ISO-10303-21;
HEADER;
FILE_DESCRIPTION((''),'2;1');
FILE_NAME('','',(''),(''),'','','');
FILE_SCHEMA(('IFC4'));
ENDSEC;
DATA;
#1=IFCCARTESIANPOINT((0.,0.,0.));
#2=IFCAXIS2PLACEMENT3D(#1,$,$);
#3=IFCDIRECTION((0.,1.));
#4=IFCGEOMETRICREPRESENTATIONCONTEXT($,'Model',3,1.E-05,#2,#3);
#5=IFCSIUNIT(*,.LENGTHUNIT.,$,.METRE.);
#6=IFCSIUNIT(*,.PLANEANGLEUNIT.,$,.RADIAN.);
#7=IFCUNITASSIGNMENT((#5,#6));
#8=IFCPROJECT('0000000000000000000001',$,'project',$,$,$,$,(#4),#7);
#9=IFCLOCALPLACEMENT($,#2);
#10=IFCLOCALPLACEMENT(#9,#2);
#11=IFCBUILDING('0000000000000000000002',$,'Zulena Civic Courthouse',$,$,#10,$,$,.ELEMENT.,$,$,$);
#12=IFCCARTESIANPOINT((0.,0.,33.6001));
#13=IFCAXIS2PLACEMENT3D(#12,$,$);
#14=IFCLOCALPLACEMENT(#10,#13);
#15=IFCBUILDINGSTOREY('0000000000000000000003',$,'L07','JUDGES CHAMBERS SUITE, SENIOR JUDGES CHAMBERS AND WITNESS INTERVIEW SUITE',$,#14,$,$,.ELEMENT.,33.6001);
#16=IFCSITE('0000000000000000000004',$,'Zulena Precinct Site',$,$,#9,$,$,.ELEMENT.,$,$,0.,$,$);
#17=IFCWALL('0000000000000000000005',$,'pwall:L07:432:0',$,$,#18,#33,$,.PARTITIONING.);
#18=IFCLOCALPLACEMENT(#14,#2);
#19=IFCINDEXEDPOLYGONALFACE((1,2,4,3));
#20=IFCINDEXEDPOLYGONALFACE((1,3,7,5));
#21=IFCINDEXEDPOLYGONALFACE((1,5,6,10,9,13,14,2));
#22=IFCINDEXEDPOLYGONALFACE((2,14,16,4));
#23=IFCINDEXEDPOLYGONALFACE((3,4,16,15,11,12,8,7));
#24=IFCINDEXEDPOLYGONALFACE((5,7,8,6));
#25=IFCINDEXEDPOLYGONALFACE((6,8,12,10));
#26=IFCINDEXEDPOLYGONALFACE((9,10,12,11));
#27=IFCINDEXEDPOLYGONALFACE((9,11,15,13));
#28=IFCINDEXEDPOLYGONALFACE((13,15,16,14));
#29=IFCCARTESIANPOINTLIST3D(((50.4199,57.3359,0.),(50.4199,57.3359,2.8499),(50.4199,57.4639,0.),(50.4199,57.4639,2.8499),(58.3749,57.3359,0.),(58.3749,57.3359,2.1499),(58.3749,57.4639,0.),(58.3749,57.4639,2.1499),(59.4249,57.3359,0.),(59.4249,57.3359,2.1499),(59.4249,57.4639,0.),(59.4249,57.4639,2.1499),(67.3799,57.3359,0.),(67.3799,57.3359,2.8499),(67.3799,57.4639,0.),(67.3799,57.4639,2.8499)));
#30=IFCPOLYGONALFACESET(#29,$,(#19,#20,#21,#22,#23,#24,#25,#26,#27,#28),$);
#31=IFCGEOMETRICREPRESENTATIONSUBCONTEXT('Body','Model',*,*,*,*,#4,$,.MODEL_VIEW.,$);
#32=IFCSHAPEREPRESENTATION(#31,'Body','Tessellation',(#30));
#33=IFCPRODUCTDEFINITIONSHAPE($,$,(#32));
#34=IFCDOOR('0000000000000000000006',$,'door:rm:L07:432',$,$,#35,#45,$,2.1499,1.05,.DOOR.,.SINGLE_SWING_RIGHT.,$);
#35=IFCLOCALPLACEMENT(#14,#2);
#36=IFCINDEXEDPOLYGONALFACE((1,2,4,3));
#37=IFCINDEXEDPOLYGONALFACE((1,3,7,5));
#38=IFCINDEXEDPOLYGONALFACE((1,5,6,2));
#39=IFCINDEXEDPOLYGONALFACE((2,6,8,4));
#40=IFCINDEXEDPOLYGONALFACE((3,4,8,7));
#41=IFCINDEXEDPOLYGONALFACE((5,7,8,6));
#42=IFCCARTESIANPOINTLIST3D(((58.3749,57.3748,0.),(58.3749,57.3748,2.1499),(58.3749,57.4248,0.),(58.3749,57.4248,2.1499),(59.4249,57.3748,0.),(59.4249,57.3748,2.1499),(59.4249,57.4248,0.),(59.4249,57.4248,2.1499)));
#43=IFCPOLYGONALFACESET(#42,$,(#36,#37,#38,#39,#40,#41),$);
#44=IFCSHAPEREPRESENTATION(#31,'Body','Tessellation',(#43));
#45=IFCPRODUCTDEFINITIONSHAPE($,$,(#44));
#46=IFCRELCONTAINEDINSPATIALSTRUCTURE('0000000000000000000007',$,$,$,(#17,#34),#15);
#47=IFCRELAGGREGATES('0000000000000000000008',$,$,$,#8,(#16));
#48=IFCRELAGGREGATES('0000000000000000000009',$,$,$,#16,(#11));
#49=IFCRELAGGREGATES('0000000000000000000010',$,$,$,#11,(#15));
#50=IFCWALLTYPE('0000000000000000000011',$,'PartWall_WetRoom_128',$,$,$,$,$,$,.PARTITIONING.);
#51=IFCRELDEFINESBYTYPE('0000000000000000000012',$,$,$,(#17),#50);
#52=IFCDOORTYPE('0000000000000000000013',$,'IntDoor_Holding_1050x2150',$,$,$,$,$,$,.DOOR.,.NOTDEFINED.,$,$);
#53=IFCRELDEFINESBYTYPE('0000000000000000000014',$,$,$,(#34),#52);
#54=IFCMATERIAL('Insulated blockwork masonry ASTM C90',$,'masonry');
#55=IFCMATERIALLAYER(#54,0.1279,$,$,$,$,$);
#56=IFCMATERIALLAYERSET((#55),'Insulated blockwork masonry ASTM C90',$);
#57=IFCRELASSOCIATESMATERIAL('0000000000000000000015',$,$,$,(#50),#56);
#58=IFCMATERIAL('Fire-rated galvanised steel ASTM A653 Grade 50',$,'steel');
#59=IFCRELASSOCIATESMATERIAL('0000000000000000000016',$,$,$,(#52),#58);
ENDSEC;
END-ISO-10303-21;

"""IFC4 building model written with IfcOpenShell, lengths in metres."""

from ifc_helpers import new_model, si_unit, direction, frame, frame_2d, origin, place, context, subcontext, project, spatial, rectangle, extrude, material, layer, layer_set, type_object, element, fill, save


model = new_model("IFC4")

# Units and contexts
model_context = context("Model", 3, precision=1e-05, world=origin(), true_north=direction((0.0, 1.0)))
body_context = subcontext(model_context, "Body", "Model", "MODEL_VIEW")
ifc_project = project(units=[si_unit("LENGTHUNIT", "METRE"), si_unit("PLANEANGLEUNIT", "RADIAN")], contexts=[model_context])

# Site, building, storey
site_placement = place(None, origin())
site = spatial("IfcSite", under=ifc_project, at=site_placement, Name="Zulena Precinct Site", CompositionType="ELEMENT", RefElevation=0.0)
building_placement = place(site_placement, origin())
building = spatial("IfcBuilding", under=site, at=building_placement, Name="Zulena Civic Courthouse", CompositionType="ELEMENT")
storey_placement = place(building_placement, frame((0.0, 0.0, 33.6001)))
storey = spatial("IfcBuildingStorey", under=building, at=storey_placement, Name="L07", Description="JUDGES CHAMBERS SUITE, SENIOR JUDGES CHAMBERS AND WITNESS INTERVIEW SUITE", CompositionType="ELEMENT", Elevation=33.6001)

# Wall, opening, door
ifc_material_1 = material(Name="Insulated blockwork masonry ASTM C90", Category="masonry")
ifc_layer_1 = layer(ifc_material_1, 0.1279)
ifc_layer_set_1 = layer_set([ifc_layer_1], Name="Insulated blockwork masonry ASTM C90")
wall_type_1 = type_object("IfcWallType", Name="PartWall_WetRoom_128", PredefinedType="PARTITIONING", material=ifc_layer_set_1)
wall_1_placement = place(storey_placement, frame((50.4199, 57.3999, 0.0), z_axis=(0.0, 0.0, 1.0), x_axis=(1.0, 0.0, 0.0)))
wall_1 = element("IfcWall", 1, at=wall_1_placement, inside=storey, type_object=wall_type_1, Name="pwall:L07:432:0", PredefinedType="PARTITIONING", context=body_context, shape_type="SweptSolid", body=[
    extrude(rectangle(XDim=16.96, YDim=0.1279, at=frame_2d((8.48, 0.0))), origin(), (0.0, 0.0, 1.0), 2.8499),
])
opening_placement = place(wall_1_placement, frame((7.9551, 0.0, 0.0)))
opening = element("IfcOpeningElement", 2, at=opening_placement, cuts=wall_1, PredefinedType="OPENING", context=body_context, shape_type="SweptSolid", body=[
    extrude(rectangle(XDim=1.05, YDim=2.1499, at=frame_2d((0.5249, 1.075))), frame((0.0, 0.074, 0.0), z_axis=(0.0, -1.0, 0.0), x_axis=(1.0, 0.0, 0.0)), (0.0, 0.0, 1.0), 0.1479),
])
ifc_material_2 = material(Name="Fire-rated galvanised steel ASTM A653 Grade 50", Category="steel")
door_type = type_object("IfcDoorType", Name="IntDoor_Holding_1050x2150", OperationType="NOTDEFINED", PredefinedType="DOOR", material=ifc_material_2)
door_placement = place(opening_placement, origin())
door = element("IfcDoor", 3, at=door_placement, inside=storey, type_object=door_type, Name="door:rm:L07:432", OperationType="SINGLE_SWING_RIGHT", OverallHeight=2.1499, OverallWidth=1.05, PredefinedType="DOOR", context=body_context, shape_type="SweptSolid", body=[
    extrude(rectangle(XDim=1.05, YDim=2.1499, at=frame_2d((0.5249, 1.075))), frame((0.0, 0.0249, 0.0), z_axis=(0.0, -1.0, 0.0), x_axis=(1.0, 0.0, 0.0)), (0.0, 0.0, 1.0), 0.05),
])
fill(opening, door)

save(model, "model.ifc")
